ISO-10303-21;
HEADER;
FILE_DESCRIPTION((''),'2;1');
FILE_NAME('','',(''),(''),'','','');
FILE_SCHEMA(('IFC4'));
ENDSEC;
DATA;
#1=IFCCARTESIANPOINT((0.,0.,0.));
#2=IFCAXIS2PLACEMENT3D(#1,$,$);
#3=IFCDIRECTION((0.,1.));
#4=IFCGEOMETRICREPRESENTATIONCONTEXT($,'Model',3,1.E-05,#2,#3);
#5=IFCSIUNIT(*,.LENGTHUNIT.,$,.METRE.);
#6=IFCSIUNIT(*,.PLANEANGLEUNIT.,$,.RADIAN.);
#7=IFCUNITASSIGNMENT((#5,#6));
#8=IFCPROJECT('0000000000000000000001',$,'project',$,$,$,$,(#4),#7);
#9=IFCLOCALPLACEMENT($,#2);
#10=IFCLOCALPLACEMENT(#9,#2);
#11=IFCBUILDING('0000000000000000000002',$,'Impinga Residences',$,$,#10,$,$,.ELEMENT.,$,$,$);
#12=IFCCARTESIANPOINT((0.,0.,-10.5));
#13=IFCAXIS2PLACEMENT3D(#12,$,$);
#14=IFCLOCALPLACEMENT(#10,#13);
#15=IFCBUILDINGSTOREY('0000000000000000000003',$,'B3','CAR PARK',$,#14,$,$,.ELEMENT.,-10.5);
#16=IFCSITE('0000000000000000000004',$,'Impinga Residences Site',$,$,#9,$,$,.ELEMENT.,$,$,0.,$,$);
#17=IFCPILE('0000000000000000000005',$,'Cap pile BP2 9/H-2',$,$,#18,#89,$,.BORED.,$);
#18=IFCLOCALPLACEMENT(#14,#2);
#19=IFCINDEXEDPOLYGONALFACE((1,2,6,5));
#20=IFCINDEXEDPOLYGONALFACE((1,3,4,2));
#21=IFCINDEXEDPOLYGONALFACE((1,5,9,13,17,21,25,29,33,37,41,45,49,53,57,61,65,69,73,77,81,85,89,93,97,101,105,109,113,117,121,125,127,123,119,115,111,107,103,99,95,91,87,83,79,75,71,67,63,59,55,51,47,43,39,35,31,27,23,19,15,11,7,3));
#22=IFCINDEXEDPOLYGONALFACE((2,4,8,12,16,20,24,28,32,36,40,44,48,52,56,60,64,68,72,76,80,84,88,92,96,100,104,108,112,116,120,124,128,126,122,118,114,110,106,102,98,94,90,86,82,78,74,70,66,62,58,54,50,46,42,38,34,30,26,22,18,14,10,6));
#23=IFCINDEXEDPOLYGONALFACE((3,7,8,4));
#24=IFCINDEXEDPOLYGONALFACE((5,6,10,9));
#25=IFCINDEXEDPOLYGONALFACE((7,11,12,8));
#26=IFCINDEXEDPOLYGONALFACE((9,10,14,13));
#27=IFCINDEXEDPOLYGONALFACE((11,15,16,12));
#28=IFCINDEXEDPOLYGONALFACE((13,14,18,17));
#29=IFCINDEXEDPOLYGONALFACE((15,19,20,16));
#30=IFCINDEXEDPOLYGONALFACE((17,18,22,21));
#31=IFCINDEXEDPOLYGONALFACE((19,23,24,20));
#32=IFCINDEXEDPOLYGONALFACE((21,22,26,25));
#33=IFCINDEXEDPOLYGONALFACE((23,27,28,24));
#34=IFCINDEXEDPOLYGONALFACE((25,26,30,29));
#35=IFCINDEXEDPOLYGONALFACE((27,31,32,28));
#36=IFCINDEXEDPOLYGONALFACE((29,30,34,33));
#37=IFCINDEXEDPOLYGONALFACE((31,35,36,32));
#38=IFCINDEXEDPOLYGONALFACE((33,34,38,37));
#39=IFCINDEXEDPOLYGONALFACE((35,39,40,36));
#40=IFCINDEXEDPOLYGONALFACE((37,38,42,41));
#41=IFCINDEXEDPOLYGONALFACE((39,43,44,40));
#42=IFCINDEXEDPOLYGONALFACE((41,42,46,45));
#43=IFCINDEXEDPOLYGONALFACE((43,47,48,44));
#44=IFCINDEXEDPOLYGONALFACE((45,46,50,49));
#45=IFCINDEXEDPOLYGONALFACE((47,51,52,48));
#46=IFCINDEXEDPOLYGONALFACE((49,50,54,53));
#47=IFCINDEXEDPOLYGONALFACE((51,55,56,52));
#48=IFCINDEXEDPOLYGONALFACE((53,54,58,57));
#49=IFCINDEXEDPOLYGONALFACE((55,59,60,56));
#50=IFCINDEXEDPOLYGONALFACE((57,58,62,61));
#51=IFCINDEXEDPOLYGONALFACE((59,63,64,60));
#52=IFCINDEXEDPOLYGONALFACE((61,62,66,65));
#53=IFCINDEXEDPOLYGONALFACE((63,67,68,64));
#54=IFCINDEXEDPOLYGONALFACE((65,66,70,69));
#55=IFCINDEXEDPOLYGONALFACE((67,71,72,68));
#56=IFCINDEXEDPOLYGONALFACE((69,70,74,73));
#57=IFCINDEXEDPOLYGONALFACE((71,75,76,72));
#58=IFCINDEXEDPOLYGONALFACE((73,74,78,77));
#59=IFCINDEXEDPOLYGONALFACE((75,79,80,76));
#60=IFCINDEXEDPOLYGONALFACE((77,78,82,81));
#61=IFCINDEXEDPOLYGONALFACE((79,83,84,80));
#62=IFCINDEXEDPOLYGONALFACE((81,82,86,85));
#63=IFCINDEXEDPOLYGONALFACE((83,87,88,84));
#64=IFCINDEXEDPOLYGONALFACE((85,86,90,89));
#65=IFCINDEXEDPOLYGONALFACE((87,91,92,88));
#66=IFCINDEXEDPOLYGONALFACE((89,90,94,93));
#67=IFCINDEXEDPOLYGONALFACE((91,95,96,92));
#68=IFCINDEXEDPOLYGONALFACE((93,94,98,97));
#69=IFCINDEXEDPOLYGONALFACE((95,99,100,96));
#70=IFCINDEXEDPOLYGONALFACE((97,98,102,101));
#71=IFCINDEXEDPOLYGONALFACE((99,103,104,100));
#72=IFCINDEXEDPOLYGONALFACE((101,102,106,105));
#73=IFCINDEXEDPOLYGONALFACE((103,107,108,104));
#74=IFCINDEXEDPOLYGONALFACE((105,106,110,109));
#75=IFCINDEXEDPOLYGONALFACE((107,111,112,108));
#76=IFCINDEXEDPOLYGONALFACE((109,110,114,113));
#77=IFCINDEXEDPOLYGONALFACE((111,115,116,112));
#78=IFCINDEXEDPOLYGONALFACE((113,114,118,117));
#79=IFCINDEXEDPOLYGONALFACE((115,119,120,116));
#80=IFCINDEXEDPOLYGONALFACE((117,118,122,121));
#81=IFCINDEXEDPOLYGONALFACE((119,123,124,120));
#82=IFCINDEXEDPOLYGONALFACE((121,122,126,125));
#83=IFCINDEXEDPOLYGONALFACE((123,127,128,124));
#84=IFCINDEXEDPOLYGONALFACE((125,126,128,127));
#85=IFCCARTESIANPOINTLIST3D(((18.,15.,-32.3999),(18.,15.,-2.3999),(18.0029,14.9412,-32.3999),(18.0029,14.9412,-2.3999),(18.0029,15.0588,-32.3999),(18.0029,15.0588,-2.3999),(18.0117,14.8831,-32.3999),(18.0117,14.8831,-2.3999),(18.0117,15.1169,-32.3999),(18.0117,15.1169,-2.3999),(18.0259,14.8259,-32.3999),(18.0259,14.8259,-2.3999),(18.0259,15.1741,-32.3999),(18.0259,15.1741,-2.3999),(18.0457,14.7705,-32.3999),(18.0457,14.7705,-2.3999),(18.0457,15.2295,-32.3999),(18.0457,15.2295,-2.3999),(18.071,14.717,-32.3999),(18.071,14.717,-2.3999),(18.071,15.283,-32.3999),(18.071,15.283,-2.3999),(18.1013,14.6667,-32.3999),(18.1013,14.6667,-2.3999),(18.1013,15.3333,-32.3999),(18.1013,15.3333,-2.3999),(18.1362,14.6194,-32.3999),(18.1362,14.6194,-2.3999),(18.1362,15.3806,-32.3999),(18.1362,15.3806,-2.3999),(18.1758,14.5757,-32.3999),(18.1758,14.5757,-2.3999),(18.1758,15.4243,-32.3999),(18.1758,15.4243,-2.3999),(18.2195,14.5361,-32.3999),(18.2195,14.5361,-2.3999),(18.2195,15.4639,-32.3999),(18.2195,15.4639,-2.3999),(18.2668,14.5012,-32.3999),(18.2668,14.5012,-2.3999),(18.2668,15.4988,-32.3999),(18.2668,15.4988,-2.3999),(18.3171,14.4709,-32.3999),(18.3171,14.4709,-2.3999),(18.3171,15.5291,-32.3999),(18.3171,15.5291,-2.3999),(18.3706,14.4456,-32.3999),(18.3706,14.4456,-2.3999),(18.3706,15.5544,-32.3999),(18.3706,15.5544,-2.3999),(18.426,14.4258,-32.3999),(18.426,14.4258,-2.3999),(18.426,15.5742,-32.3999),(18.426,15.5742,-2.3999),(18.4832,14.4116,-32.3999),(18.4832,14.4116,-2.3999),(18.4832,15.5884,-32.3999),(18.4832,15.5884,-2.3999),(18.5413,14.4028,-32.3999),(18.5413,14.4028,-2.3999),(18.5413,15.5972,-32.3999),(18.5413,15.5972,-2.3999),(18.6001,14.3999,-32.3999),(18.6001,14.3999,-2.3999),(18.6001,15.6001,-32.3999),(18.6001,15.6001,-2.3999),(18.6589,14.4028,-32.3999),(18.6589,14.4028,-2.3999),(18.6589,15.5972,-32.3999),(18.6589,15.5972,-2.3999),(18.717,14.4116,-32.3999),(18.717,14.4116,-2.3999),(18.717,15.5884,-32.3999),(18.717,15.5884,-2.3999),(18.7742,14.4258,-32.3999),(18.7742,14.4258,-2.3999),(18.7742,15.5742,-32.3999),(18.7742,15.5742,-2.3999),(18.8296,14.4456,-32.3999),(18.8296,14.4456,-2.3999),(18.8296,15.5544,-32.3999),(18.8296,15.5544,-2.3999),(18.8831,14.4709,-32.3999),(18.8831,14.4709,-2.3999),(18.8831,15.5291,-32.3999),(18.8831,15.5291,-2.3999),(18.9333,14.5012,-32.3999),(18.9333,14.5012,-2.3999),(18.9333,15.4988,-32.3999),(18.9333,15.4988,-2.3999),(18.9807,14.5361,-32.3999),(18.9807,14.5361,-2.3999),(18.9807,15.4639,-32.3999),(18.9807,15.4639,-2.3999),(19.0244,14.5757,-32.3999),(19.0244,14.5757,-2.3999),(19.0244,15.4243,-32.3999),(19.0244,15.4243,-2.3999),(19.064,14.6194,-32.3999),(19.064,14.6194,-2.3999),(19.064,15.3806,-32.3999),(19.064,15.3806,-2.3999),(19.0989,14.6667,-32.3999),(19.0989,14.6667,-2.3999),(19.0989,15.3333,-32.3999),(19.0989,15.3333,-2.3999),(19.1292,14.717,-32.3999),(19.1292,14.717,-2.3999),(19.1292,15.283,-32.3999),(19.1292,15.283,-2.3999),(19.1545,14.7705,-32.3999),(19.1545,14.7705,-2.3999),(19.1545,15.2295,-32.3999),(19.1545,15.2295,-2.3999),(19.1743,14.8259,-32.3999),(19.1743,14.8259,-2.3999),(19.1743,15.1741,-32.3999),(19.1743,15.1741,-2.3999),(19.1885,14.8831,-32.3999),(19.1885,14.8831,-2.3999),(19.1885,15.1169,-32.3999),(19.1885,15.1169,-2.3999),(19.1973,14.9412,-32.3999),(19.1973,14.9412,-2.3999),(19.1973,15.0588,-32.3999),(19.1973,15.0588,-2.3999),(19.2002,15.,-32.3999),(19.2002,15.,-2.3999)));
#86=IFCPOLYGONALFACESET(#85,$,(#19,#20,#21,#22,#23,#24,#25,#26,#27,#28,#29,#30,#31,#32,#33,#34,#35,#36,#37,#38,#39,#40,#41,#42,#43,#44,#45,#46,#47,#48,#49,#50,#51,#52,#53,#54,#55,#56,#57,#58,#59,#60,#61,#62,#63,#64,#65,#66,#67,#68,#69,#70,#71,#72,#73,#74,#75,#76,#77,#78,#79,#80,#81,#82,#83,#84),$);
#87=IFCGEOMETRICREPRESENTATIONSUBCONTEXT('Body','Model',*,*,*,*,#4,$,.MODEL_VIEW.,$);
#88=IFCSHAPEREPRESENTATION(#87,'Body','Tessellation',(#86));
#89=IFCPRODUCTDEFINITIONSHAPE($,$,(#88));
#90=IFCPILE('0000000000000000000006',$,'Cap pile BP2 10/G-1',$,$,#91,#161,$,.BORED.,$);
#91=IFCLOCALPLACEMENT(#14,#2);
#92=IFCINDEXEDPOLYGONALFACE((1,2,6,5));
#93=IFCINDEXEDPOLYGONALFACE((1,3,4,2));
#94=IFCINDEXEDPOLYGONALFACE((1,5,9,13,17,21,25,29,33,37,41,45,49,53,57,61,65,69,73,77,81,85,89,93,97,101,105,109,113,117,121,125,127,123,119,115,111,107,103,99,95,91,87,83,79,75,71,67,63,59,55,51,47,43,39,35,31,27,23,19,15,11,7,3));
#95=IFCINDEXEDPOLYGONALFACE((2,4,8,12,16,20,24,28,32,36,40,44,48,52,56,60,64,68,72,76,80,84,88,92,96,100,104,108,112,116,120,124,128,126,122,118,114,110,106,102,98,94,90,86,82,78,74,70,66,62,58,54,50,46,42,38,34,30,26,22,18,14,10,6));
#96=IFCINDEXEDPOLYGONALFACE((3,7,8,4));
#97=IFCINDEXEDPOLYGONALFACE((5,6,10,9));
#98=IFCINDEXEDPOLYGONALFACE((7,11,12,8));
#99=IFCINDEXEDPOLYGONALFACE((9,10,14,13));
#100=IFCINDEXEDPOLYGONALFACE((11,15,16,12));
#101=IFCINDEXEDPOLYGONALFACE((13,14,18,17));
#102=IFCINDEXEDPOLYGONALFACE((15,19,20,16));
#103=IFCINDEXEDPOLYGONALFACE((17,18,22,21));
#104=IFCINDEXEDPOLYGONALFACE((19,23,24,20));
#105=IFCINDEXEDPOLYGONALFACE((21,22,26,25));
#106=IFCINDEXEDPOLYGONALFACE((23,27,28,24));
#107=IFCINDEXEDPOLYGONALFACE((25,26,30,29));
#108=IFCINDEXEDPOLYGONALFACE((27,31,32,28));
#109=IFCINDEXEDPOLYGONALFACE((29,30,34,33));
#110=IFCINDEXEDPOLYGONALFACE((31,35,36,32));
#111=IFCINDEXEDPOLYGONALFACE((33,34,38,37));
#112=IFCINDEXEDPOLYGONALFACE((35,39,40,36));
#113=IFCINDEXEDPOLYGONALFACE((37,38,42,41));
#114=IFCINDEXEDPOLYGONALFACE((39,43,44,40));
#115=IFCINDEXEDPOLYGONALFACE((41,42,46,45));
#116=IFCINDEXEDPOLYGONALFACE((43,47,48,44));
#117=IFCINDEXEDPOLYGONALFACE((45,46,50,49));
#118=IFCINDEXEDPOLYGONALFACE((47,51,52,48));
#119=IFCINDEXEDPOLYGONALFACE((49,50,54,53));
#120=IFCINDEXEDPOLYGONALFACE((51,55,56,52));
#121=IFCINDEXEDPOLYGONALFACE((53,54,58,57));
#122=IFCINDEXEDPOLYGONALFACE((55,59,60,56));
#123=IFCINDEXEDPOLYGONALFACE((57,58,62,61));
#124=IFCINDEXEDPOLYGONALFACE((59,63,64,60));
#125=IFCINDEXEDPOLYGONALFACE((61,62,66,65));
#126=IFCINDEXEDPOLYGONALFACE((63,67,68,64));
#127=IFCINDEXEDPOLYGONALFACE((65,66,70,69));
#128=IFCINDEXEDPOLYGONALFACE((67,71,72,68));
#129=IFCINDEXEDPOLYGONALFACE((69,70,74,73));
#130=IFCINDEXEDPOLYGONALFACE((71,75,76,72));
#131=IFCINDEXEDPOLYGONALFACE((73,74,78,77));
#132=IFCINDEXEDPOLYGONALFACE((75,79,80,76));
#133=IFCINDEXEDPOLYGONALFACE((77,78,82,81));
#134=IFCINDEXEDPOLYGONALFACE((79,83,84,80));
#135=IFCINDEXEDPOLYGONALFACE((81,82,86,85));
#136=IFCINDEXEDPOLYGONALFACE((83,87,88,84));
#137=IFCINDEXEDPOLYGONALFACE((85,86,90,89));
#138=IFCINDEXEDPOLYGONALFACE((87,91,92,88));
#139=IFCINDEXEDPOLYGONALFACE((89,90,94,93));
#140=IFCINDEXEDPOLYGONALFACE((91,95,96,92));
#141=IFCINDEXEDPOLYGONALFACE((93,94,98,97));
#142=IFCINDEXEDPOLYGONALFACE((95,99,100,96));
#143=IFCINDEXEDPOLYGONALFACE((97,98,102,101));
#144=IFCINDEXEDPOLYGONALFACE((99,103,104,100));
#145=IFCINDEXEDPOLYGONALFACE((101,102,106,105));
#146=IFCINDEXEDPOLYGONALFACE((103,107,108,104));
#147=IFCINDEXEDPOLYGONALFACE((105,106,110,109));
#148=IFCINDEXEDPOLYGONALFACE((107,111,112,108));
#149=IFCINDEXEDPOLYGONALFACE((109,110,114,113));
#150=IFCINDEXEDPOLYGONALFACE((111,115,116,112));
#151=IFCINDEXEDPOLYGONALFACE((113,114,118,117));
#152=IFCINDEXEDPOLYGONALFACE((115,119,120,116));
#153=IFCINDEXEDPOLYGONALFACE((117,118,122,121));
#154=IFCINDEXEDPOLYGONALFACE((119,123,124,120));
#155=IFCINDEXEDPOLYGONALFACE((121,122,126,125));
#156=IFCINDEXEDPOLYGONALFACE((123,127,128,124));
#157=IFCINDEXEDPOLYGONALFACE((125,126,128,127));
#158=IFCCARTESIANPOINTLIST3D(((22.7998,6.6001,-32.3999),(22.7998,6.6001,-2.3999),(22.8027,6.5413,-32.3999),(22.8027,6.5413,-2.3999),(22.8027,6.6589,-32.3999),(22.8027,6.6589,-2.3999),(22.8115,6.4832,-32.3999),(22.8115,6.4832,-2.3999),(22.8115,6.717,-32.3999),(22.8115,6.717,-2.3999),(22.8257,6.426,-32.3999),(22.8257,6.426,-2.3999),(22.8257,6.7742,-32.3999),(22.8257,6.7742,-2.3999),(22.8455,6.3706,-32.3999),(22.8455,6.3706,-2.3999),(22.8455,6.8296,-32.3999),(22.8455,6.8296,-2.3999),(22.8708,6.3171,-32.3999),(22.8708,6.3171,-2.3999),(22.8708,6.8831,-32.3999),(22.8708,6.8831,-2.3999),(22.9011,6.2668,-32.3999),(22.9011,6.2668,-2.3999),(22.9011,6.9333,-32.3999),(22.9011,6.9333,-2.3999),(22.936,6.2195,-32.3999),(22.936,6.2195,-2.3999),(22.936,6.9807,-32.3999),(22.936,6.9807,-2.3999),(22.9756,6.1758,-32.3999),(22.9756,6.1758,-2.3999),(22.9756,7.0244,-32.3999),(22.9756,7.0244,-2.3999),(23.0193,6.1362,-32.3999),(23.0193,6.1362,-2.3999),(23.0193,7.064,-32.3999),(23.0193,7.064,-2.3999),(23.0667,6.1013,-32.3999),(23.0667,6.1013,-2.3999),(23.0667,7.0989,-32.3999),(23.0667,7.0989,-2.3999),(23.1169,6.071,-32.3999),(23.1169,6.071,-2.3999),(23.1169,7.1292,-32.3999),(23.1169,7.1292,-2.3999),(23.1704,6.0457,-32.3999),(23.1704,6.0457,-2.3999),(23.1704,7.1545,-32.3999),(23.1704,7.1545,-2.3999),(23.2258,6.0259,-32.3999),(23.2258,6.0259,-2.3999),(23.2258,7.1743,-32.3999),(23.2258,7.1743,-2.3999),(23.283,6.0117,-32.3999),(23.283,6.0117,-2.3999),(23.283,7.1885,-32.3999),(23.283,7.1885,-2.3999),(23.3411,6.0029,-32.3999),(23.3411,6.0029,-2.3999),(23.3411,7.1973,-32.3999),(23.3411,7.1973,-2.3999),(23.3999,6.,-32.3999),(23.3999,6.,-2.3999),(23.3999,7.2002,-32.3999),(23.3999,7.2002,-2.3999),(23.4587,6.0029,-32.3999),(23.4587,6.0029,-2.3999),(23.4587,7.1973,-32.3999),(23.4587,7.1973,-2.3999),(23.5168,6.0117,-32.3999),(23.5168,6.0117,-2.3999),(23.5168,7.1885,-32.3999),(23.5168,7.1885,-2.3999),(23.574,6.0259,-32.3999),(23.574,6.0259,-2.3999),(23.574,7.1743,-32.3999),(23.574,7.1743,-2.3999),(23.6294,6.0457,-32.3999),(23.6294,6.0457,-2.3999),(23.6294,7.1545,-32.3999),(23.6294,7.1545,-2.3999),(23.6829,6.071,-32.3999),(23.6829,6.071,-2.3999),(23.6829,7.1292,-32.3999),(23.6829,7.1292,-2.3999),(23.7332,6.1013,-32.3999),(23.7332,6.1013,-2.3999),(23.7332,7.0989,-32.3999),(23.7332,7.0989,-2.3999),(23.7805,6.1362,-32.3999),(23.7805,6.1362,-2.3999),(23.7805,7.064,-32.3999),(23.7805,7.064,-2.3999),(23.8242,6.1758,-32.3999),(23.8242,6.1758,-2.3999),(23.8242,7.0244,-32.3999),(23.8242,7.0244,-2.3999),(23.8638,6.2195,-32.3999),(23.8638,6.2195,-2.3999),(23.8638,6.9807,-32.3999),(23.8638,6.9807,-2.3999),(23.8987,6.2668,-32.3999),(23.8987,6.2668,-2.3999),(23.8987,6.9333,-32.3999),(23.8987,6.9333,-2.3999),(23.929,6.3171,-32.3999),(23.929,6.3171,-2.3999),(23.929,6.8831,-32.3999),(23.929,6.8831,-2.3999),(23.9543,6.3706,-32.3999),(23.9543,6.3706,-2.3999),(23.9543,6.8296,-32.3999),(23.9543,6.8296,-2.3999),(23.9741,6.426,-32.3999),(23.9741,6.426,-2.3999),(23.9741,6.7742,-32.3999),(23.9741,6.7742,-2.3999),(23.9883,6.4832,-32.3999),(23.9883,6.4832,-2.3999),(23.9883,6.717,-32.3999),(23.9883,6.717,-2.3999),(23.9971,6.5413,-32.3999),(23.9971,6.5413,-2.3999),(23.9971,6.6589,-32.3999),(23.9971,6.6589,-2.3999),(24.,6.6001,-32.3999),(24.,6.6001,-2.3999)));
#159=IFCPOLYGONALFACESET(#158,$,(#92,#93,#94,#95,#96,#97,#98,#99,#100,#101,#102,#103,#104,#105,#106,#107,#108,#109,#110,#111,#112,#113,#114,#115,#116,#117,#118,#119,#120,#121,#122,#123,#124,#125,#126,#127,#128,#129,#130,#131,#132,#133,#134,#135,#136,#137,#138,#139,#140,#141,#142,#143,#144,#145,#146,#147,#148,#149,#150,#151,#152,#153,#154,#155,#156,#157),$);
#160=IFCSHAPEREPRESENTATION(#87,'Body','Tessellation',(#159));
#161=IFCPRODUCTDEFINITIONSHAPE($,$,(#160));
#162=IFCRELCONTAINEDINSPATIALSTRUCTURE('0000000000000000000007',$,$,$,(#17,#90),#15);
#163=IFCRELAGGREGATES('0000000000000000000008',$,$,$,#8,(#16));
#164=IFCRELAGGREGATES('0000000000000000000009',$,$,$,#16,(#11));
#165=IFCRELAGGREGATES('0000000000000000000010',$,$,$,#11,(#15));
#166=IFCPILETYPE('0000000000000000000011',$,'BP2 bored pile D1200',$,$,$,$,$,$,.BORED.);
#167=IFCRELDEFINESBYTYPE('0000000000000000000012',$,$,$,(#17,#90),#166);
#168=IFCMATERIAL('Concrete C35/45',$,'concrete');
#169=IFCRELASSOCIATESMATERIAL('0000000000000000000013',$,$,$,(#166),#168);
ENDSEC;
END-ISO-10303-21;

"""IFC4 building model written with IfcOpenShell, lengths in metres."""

from ifc_helpers import new_model, si_unit, direction, frame, origin, origin_2d, place, context, subcontext, project, spatial, polyline, circle, outline, extrude, material, material_profile, profile_set, type_object, element, save


model = new_model("IFC4")

# Units and contexts
model_context = context("Model", 3, precision=1e-05, world=origin(), true_north=direction((0.0, 1.0)))
body_context = subcontext(model_context, "Body", "Model", "MODEL_VIEW")
ifc_project = project(units=[si_unit("LENGTHUNIT", "METRE"), si_unit("PLANEANGLEUNIT", "RADIAN")], contexts=[model_context])

# Site, building, storey
site_placement = place(None, origin())
site = spatial("IfcSite", under=ifc_project, at=site_placement, Name="Impinga Residences Site", CompositionType="ELEMENT", RefElevation=0.0)
building_placement = place(site_placement, origin())
building = spatial("IfcBuilding", under=site, at=building_placement, Name="Impinga Residences", CompositionType="ELEMENT")
storey_placement = place(building_placement, frame((0.0, 0.0, -10.5)))
storey = spatial("IfcBuildingStorey", under=building, at=storey_placement, Name="B3", Description="CAR PARK", CompositionType="ELEMENT", Elevation=-10.5)

# Piles
ifc_material_1 = material(Name="Concrete C35/45", Category="concrete")
ifc_material_profile_1 = material_profile(ifc_material_1, circle(Radius=0.6001, at=origin_2d()), Name="D1200")
ifc_profile_set_1 = profile_set([ifc_material_profile_1], Name="Concrete C35/45")
pile_type_1 = type_object("IfcPileType", Name="BP2 bored pile D1200", PredefinedType="BORED", material=ifc_profile_set_1)
pile_1_placement = place(storey_placement, frame((18.6001, 15.0, -2.3999), z_axis=(0.0, 0.0, -1.0), x_axis=(1.0, 0.0, 0.0)))
element("IfcPile", 1, at=pile_1_placement, inside=storey, type_object=pile_type_1, Name="Cap pile BP2 9/H-2", PredefinedType="BORED", context=body_context, shape_type="SweptSolid", body=[
    extrude(outline(polyline([(0.6001, 0.0), (0.5972, 0.0588), (0.5884, 0.1169), (0.5742, 0.1741), (0.5544, 0.2295), (0.5291, 0.283), (0.4988, 0.3333), (0.4639, 0.3806), (0.4243, 0.4243), (0.3806, 0.4639), (0.3333, 0.4988), (0.283, 0.5291), (0.2295, 0.5544), (0.1741, 0.5742), (0.1169, 0.5884), (0.0588, 0.5972), (0.0, 0.6001), (-0.0588, 0.5972), (-0.1169, 0.5884), (-0.1741, 0.5742), (-0.2295, 0.5544), (-0.283, 0.5291), (-0.3333, 0.4988), (-0.3806, 0.4639), (-0.4243, 0.4243), (-0.4639, 0.3806), (-0.4988, 0.3333), (-0.5291, 0.283), (-0.5544, 0.2295), (-0.5742, 0.1741), (-0.5884, 0.1169), (-0.5972, 0.0588), (-0.6001, 0.0), (-0.5972, -0.0588), (-0.5884, -0.1169), (-0.5742, -0.1741), (-0.5544, -0.2295), (-0.5291, -0.283), (-0.4988, -0.3333), (-0.4639, -0.3806), (-0.4243, -0.4243), (-0.3806, -0.4639), (-0.3333, -0.4988), (-0.283, -0.5291), (-0.2295, -0.5544), (-0.1741, -0.5742), (-0.1169, -0.5884), (-0.0588, -0.5972), (0.0, -0.6001), (0.0588, -0.5972), (0.1169, -0.5884), (0.1741, -0.5742), (0.2295, -0.5544), (0.283, -0.5291), (0.3333, -0.4988), (0.3806, -0.4639), (0.4243, -0.4243), (0.4639, -0.3806), (0.4988, -0.3333), (0.5291, -0.283), (0.5544, -0.2295), (0.5742, -0.1741), (0.5884, -0.1169), (0.5972, -0.0588), (0.6001, 0.0)])), origin(), (0.0, 0.0, 1.0), 30.0),
])
pile_2_placement = place(storey_placement, frame((23.3999, 6.6001, -2.3999), z_axis=(0.0, 0.0, -1.0), x_axis=(1.0, 0.0, 0.0)))
element("IfcPile", 2, at=pile_2_placement, inside=storey, type_object=pile_type_1, Name="Cap pile BP2 10/G-1", PredefinedType="BORED", context=body_context, shape_type="SweptSolid", body=[
    extrude(outline(polyline([(0.6001, 0.0), (0.5972, 0.0588), (0.5884, 0.1169), (0.5742, 0.1741), (0.5544, 0.2295), (0.5291, 0.283), (0.4988, 0.3333), (0.4639, 0.3806), (0.4243, 0.4243), (0.3806, 0.4639), (0.3333, 0.4988), (0.283, 0.5291), (0.2295, 0.5544), (0.1741, 0.5742), (0.1169, 0.5884), (0.0588, 0.5972), (0.0, 0.6001), (-0.0588, 0.5972), (-0.1169, 0.5884), (-0.1741, 0.5742), (-0.2295, 0.5544), (-0.283, 0.5291), (-0.3333, 0.4988), (-0.3806, 0.4639), (-0.4243, 0.4243), (-0.4639, 0.3806), (-0.4988, 0.3333), (-0.5291, 0.283), (-0.5544, 0.2295), (-0.5742, 0.1741), (-0.5884, 0.1169), (-0.5972, 0.0588), (-0.6001, 0.0), (-0.5972, -0.0588), (-0.5884, -0.1169), (-0.5742, -0.1741), (-0.5544, -0.2295), (-0.5291, -0.283), (-0.4988, -0.3333), (-0.4639, -0.3806), (-0.4243, -0.4243), (-0.3806, -0.4639), (-0.3333, -0.4988), (-0.283, -0.5291), (-0.2295, -0.5544), (-0.1741, -0.5742), (-0.1169, -0.5884), (-0.0588, -0.5972), (0.0, -0.6001), (0.0588, -0.5972), (0.1169, -0.5884), (0.1741, -0.5742), (0.2295, -0.5544), (0.283, -0.5291), (0.3333, -0.4988), (0.3806, -0.4639), (0.4243, -0.4243), (0.4639, -0.3806), (0.4988, -0.3333), (0.5291, -0.283), (0.5544, -0.2295), (0.5742, -0.1741), (0.5884, -0.1169), (0.5972, -0.0588), (0.6001, 0.0)])), origin(), (0.0, 0.0, 1.0), 30.0),
])

save(model, "model.ifc")
